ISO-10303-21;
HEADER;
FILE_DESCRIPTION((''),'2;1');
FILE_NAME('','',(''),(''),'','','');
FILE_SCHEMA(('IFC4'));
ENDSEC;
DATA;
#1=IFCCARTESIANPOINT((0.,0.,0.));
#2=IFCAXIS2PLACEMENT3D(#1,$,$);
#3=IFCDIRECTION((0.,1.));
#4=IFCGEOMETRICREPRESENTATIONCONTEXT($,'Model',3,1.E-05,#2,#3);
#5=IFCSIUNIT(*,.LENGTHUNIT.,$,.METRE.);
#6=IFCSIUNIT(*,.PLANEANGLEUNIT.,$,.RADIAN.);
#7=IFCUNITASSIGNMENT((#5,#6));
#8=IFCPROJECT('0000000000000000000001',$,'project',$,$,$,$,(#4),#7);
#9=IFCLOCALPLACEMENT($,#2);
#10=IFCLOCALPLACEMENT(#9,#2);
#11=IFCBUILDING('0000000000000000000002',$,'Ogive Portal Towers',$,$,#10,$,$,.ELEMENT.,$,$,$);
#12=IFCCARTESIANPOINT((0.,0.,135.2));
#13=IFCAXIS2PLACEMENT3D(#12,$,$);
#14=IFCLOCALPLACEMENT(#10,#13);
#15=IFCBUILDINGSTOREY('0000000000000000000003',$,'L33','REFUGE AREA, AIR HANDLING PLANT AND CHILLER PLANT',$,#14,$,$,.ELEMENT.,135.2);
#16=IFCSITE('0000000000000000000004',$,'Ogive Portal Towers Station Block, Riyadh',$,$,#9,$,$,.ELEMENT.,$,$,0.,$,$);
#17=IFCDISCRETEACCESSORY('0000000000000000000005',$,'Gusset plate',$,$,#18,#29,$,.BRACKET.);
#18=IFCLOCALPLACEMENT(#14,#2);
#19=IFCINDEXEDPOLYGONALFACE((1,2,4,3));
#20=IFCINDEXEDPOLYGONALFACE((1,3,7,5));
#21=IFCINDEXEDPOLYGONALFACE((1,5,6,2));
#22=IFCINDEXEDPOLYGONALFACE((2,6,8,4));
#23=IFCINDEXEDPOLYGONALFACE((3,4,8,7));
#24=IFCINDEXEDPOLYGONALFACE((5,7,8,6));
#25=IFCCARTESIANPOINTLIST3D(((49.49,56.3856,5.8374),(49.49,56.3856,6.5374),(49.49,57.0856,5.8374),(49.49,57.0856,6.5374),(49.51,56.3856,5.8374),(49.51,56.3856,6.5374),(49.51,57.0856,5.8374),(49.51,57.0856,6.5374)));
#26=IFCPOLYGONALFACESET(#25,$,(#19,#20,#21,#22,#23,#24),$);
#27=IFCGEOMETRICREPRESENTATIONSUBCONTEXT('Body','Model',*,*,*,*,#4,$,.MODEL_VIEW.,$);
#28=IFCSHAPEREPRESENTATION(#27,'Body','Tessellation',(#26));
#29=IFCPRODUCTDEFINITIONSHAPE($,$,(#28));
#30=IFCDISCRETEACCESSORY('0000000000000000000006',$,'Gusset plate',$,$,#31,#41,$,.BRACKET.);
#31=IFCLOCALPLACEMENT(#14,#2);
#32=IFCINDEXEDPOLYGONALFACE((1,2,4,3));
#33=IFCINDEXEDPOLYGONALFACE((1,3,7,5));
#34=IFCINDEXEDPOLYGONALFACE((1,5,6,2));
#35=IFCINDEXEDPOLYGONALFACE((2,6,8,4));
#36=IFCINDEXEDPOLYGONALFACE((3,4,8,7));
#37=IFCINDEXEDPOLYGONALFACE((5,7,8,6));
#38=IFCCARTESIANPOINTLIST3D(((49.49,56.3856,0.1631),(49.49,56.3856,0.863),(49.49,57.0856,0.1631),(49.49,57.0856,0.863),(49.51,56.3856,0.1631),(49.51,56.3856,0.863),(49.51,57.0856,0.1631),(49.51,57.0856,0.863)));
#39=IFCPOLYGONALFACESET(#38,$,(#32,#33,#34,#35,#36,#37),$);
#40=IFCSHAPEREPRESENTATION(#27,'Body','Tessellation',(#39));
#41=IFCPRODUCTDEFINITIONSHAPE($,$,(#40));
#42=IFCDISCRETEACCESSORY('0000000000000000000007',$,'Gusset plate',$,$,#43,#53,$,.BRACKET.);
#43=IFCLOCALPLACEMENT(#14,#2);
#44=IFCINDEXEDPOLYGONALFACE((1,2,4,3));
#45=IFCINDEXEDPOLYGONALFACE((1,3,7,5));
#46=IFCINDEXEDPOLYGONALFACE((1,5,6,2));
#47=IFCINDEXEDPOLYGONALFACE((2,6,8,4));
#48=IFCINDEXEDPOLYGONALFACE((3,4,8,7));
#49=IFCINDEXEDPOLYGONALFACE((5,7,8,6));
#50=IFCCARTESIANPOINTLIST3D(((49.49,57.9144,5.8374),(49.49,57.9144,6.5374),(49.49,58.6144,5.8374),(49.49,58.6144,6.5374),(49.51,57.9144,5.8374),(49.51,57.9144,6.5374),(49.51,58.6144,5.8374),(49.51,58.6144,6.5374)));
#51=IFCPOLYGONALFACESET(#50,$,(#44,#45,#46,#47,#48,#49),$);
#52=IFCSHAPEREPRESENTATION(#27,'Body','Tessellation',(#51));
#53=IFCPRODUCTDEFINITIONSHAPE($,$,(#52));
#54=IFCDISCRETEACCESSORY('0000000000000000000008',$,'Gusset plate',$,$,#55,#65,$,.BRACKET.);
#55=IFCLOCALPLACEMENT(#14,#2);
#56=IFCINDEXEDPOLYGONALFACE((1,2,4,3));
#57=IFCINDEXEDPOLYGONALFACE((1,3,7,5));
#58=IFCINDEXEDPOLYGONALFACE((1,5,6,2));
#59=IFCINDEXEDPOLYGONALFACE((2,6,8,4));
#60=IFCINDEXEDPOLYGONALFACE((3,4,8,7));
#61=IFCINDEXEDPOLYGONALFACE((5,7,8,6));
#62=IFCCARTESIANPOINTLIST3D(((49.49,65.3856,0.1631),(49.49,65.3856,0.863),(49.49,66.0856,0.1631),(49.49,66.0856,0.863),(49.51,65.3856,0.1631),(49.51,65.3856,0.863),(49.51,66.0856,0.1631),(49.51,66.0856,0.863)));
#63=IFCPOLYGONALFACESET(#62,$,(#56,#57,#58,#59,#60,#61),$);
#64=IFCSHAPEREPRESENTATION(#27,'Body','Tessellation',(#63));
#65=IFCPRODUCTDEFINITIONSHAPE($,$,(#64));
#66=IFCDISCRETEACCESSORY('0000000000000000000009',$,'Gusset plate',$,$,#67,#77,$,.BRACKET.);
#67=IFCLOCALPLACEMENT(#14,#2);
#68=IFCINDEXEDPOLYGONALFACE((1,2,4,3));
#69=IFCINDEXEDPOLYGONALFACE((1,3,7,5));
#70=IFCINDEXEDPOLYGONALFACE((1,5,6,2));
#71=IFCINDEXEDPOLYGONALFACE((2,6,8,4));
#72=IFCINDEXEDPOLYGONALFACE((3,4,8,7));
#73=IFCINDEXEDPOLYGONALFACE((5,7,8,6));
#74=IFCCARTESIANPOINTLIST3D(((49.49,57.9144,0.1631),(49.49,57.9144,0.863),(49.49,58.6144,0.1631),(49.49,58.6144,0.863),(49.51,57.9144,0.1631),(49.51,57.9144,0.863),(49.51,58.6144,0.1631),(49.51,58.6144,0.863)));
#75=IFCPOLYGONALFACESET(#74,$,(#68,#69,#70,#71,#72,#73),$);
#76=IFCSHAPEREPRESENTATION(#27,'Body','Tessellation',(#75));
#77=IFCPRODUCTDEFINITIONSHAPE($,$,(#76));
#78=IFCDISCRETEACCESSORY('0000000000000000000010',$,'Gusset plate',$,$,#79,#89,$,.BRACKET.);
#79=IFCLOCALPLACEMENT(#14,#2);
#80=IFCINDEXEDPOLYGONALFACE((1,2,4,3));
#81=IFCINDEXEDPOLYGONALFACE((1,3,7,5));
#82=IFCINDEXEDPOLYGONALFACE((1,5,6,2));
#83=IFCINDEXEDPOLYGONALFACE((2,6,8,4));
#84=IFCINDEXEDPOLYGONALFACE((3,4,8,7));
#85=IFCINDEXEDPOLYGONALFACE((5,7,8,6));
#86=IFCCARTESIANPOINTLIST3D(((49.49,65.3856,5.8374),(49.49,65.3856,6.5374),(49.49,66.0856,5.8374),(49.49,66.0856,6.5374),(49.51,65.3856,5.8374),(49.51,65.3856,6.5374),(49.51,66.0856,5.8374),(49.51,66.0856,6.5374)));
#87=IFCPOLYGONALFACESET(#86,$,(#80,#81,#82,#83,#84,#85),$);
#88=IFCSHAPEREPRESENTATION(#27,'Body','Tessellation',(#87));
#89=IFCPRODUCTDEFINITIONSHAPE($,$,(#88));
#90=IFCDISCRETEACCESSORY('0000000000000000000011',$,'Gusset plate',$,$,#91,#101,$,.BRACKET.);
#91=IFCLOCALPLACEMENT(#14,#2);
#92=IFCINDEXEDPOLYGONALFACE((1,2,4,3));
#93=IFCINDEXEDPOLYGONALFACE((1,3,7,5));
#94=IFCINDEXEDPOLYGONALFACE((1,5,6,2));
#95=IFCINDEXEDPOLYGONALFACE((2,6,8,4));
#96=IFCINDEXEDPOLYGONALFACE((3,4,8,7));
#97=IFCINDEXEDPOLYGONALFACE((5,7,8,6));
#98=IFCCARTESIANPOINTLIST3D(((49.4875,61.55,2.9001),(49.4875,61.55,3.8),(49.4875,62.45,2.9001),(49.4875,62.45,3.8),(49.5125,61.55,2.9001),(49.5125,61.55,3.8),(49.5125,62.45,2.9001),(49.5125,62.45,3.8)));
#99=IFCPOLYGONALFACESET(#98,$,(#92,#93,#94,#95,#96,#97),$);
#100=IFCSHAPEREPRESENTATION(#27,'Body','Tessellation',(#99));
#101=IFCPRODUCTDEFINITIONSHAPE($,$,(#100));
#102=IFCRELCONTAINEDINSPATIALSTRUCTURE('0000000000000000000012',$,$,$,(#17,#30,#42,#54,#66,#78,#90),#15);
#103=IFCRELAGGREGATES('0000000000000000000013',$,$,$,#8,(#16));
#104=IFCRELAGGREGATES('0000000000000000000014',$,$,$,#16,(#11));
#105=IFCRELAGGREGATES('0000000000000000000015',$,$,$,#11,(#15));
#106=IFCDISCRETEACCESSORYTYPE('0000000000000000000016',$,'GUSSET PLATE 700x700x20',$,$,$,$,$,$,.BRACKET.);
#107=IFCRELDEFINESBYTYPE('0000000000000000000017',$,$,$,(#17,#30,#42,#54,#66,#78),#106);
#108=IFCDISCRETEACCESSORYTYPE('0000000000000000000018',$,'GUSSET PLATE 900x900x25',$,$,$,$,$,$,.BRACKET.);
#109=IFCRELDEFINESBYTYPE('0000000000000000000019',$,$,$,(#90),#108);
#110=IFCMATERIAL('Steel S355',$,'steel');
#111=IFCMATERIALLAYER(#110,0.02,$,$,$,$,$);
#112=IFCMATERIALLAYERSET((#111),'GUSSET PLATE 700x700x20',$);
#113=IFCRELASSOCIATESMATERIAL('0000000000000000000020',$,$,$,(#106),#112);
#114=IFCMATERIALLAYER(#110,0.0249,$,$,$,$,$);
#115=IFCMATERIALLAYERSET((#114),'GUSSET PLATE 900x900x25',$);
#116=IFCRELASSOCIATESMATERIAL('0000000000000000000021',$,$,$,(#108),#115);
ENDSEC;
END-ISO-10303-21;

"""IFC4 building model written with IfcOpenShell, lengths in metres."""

from ifc_helpers import new_model, si_unit, direction, frame, origin, origin_2d, place, context, subcontext, project, spatial, rectangle, extrude, material, layer, layer_set, type_object, element, save


model = new_model("IFC4")

# Units and contexts
model_context = context("Model", 3, precision=1e-05, world=origin(), true_north=direction((0.0, 1.0)))
body_context = subcontext(model_context, "Body", "Model", "MODEL_VIEW")
ifc_project = project(units=[si_unit("LENGTHUNIT", "METRE"), si_unit("PLANEANGLEUNIT", "RADIAN")], contexts=[model_context])

# Site, building, storey
site_placement = place(None, origin())
site = spatial("IfcSite", under=ifc_project, at=site_placement, Name="Ogive Portal Towers Station Block, Riyadh", CompositionType="ELEMENT", RefElevation=0.0)
building_placement = place(site_placement, origin())
building = spatial("IfcBuilding", under=site, at=building_placement, Name="Ogive Portal Towers", CompositionType="ELEMENT")
storey_placement = place(building_placement, frame((0.0, 0.0, 135.2)))
storey = spatial("IfcBuildingStorey", under=building, at=storey_placement, Name="L33", Description="REFUGE AREA, AIR HANDLING PLANT AND CHILLER PLANT", CompositionType="ELEMENT", Elevation=135.2)

# Discrete accessories
ifc_material_1 = material(Name="Steel S355", Category="steel")
ifc_layer_1 = layer(ifc_material_1, 0.02)
ifc_layer_set_1 = layer_set([ifc_layer_1], Name="GUSSET PLATE 700x700x20")
discrete_accessory_type_1 = type_object("IfcDiscreteAccessoryType", Name="GUSSET PLATE 700x700x20", PredefinedType="BRACKET", material=ifc_layer_set_1)
for number, where, z_axis, x_axis, name in (
    (1, (49.5, 56.7356, 5.8374), (0.0, 0.0, 1.0), (0.0, 1.0, 0.0), "Gusset plate"),
    (2, (49.5, 56.7356, 0.1631), (0.0, 0.0, 1.0), (0.0, 1.0, 0.0), "Gusset plate"),
    (3, (49.5, 58.2644, 5.8374), (0.0, 0.0, 1.0), (0.0, 1.0, 0.0), "Gusset plate"),
    (4, (49.5, 65.7356, 0.1631), (0.0, 0.0, 1.0), (0.0, 1.0, 0.0), "Gusset plate"),
    (5, (49.5, 58.2644, 0.1631), (0.0, 0.0, 1.0), (0.0, 1.0, 0.0), "Gusset plate"),
    (6, (49.5, 65.7356, 5.8374), (0.0, 0.0, 1.0), (0.0, 1.0, 0.0), "Gusset plate"),
):
    element("IfcDiscreteAccessory", number, at=place(storey_placement, frame(where, z_axis=z_axis, x_axis=x_axis)), inside=storey, type_object=discrete_accessory_type_1, Name=name, PredefinedType="BRACKET", context=body_context, shape_type="SweptSolid", body=[
        extrude(rectangle(XDim=0.7, YDim=0.02, at=origin_2d()), origin(), (0.0, 0.0, 1.0), 0.7),
    ])
ifc_layer_2 = layer(ifc_material_1, 0.0249)
ifc_layer_set_2 = layer_set([ifc_layer_2], Name="GUSSET PLATE 900x900x25")
discrete_accessory_type_2 = type_object("IfcDiscreteAccessoryType", Name="GUSSET PLATE 900x900x25", PredefinedType="BRACKET", material=ifc_layer_set_2)
discrete_accessory_placement = place(storey_placement, frame((49.5, 62.0, 2.9001), z_axis=(0.0, 0.0, 1.0), x_axis=(0.0, 1.0, 0.0)))
element("IfcDiscreteAccessory", 7, at=discrete_accessory_placement, inside=storey, type_object=discrete_accessory_type_2, Name="Gusset plate", PredefinedType="BRACKET", context=body_context, shape_type="SweptSolid", body=[
    extrude(rectangle(XDim=0.8999, YDim=0.0249, at=origin_2d()), origin(), (0.0, 0.0, 1.0), 0.8999),
])

save(model, "model.ifc")
